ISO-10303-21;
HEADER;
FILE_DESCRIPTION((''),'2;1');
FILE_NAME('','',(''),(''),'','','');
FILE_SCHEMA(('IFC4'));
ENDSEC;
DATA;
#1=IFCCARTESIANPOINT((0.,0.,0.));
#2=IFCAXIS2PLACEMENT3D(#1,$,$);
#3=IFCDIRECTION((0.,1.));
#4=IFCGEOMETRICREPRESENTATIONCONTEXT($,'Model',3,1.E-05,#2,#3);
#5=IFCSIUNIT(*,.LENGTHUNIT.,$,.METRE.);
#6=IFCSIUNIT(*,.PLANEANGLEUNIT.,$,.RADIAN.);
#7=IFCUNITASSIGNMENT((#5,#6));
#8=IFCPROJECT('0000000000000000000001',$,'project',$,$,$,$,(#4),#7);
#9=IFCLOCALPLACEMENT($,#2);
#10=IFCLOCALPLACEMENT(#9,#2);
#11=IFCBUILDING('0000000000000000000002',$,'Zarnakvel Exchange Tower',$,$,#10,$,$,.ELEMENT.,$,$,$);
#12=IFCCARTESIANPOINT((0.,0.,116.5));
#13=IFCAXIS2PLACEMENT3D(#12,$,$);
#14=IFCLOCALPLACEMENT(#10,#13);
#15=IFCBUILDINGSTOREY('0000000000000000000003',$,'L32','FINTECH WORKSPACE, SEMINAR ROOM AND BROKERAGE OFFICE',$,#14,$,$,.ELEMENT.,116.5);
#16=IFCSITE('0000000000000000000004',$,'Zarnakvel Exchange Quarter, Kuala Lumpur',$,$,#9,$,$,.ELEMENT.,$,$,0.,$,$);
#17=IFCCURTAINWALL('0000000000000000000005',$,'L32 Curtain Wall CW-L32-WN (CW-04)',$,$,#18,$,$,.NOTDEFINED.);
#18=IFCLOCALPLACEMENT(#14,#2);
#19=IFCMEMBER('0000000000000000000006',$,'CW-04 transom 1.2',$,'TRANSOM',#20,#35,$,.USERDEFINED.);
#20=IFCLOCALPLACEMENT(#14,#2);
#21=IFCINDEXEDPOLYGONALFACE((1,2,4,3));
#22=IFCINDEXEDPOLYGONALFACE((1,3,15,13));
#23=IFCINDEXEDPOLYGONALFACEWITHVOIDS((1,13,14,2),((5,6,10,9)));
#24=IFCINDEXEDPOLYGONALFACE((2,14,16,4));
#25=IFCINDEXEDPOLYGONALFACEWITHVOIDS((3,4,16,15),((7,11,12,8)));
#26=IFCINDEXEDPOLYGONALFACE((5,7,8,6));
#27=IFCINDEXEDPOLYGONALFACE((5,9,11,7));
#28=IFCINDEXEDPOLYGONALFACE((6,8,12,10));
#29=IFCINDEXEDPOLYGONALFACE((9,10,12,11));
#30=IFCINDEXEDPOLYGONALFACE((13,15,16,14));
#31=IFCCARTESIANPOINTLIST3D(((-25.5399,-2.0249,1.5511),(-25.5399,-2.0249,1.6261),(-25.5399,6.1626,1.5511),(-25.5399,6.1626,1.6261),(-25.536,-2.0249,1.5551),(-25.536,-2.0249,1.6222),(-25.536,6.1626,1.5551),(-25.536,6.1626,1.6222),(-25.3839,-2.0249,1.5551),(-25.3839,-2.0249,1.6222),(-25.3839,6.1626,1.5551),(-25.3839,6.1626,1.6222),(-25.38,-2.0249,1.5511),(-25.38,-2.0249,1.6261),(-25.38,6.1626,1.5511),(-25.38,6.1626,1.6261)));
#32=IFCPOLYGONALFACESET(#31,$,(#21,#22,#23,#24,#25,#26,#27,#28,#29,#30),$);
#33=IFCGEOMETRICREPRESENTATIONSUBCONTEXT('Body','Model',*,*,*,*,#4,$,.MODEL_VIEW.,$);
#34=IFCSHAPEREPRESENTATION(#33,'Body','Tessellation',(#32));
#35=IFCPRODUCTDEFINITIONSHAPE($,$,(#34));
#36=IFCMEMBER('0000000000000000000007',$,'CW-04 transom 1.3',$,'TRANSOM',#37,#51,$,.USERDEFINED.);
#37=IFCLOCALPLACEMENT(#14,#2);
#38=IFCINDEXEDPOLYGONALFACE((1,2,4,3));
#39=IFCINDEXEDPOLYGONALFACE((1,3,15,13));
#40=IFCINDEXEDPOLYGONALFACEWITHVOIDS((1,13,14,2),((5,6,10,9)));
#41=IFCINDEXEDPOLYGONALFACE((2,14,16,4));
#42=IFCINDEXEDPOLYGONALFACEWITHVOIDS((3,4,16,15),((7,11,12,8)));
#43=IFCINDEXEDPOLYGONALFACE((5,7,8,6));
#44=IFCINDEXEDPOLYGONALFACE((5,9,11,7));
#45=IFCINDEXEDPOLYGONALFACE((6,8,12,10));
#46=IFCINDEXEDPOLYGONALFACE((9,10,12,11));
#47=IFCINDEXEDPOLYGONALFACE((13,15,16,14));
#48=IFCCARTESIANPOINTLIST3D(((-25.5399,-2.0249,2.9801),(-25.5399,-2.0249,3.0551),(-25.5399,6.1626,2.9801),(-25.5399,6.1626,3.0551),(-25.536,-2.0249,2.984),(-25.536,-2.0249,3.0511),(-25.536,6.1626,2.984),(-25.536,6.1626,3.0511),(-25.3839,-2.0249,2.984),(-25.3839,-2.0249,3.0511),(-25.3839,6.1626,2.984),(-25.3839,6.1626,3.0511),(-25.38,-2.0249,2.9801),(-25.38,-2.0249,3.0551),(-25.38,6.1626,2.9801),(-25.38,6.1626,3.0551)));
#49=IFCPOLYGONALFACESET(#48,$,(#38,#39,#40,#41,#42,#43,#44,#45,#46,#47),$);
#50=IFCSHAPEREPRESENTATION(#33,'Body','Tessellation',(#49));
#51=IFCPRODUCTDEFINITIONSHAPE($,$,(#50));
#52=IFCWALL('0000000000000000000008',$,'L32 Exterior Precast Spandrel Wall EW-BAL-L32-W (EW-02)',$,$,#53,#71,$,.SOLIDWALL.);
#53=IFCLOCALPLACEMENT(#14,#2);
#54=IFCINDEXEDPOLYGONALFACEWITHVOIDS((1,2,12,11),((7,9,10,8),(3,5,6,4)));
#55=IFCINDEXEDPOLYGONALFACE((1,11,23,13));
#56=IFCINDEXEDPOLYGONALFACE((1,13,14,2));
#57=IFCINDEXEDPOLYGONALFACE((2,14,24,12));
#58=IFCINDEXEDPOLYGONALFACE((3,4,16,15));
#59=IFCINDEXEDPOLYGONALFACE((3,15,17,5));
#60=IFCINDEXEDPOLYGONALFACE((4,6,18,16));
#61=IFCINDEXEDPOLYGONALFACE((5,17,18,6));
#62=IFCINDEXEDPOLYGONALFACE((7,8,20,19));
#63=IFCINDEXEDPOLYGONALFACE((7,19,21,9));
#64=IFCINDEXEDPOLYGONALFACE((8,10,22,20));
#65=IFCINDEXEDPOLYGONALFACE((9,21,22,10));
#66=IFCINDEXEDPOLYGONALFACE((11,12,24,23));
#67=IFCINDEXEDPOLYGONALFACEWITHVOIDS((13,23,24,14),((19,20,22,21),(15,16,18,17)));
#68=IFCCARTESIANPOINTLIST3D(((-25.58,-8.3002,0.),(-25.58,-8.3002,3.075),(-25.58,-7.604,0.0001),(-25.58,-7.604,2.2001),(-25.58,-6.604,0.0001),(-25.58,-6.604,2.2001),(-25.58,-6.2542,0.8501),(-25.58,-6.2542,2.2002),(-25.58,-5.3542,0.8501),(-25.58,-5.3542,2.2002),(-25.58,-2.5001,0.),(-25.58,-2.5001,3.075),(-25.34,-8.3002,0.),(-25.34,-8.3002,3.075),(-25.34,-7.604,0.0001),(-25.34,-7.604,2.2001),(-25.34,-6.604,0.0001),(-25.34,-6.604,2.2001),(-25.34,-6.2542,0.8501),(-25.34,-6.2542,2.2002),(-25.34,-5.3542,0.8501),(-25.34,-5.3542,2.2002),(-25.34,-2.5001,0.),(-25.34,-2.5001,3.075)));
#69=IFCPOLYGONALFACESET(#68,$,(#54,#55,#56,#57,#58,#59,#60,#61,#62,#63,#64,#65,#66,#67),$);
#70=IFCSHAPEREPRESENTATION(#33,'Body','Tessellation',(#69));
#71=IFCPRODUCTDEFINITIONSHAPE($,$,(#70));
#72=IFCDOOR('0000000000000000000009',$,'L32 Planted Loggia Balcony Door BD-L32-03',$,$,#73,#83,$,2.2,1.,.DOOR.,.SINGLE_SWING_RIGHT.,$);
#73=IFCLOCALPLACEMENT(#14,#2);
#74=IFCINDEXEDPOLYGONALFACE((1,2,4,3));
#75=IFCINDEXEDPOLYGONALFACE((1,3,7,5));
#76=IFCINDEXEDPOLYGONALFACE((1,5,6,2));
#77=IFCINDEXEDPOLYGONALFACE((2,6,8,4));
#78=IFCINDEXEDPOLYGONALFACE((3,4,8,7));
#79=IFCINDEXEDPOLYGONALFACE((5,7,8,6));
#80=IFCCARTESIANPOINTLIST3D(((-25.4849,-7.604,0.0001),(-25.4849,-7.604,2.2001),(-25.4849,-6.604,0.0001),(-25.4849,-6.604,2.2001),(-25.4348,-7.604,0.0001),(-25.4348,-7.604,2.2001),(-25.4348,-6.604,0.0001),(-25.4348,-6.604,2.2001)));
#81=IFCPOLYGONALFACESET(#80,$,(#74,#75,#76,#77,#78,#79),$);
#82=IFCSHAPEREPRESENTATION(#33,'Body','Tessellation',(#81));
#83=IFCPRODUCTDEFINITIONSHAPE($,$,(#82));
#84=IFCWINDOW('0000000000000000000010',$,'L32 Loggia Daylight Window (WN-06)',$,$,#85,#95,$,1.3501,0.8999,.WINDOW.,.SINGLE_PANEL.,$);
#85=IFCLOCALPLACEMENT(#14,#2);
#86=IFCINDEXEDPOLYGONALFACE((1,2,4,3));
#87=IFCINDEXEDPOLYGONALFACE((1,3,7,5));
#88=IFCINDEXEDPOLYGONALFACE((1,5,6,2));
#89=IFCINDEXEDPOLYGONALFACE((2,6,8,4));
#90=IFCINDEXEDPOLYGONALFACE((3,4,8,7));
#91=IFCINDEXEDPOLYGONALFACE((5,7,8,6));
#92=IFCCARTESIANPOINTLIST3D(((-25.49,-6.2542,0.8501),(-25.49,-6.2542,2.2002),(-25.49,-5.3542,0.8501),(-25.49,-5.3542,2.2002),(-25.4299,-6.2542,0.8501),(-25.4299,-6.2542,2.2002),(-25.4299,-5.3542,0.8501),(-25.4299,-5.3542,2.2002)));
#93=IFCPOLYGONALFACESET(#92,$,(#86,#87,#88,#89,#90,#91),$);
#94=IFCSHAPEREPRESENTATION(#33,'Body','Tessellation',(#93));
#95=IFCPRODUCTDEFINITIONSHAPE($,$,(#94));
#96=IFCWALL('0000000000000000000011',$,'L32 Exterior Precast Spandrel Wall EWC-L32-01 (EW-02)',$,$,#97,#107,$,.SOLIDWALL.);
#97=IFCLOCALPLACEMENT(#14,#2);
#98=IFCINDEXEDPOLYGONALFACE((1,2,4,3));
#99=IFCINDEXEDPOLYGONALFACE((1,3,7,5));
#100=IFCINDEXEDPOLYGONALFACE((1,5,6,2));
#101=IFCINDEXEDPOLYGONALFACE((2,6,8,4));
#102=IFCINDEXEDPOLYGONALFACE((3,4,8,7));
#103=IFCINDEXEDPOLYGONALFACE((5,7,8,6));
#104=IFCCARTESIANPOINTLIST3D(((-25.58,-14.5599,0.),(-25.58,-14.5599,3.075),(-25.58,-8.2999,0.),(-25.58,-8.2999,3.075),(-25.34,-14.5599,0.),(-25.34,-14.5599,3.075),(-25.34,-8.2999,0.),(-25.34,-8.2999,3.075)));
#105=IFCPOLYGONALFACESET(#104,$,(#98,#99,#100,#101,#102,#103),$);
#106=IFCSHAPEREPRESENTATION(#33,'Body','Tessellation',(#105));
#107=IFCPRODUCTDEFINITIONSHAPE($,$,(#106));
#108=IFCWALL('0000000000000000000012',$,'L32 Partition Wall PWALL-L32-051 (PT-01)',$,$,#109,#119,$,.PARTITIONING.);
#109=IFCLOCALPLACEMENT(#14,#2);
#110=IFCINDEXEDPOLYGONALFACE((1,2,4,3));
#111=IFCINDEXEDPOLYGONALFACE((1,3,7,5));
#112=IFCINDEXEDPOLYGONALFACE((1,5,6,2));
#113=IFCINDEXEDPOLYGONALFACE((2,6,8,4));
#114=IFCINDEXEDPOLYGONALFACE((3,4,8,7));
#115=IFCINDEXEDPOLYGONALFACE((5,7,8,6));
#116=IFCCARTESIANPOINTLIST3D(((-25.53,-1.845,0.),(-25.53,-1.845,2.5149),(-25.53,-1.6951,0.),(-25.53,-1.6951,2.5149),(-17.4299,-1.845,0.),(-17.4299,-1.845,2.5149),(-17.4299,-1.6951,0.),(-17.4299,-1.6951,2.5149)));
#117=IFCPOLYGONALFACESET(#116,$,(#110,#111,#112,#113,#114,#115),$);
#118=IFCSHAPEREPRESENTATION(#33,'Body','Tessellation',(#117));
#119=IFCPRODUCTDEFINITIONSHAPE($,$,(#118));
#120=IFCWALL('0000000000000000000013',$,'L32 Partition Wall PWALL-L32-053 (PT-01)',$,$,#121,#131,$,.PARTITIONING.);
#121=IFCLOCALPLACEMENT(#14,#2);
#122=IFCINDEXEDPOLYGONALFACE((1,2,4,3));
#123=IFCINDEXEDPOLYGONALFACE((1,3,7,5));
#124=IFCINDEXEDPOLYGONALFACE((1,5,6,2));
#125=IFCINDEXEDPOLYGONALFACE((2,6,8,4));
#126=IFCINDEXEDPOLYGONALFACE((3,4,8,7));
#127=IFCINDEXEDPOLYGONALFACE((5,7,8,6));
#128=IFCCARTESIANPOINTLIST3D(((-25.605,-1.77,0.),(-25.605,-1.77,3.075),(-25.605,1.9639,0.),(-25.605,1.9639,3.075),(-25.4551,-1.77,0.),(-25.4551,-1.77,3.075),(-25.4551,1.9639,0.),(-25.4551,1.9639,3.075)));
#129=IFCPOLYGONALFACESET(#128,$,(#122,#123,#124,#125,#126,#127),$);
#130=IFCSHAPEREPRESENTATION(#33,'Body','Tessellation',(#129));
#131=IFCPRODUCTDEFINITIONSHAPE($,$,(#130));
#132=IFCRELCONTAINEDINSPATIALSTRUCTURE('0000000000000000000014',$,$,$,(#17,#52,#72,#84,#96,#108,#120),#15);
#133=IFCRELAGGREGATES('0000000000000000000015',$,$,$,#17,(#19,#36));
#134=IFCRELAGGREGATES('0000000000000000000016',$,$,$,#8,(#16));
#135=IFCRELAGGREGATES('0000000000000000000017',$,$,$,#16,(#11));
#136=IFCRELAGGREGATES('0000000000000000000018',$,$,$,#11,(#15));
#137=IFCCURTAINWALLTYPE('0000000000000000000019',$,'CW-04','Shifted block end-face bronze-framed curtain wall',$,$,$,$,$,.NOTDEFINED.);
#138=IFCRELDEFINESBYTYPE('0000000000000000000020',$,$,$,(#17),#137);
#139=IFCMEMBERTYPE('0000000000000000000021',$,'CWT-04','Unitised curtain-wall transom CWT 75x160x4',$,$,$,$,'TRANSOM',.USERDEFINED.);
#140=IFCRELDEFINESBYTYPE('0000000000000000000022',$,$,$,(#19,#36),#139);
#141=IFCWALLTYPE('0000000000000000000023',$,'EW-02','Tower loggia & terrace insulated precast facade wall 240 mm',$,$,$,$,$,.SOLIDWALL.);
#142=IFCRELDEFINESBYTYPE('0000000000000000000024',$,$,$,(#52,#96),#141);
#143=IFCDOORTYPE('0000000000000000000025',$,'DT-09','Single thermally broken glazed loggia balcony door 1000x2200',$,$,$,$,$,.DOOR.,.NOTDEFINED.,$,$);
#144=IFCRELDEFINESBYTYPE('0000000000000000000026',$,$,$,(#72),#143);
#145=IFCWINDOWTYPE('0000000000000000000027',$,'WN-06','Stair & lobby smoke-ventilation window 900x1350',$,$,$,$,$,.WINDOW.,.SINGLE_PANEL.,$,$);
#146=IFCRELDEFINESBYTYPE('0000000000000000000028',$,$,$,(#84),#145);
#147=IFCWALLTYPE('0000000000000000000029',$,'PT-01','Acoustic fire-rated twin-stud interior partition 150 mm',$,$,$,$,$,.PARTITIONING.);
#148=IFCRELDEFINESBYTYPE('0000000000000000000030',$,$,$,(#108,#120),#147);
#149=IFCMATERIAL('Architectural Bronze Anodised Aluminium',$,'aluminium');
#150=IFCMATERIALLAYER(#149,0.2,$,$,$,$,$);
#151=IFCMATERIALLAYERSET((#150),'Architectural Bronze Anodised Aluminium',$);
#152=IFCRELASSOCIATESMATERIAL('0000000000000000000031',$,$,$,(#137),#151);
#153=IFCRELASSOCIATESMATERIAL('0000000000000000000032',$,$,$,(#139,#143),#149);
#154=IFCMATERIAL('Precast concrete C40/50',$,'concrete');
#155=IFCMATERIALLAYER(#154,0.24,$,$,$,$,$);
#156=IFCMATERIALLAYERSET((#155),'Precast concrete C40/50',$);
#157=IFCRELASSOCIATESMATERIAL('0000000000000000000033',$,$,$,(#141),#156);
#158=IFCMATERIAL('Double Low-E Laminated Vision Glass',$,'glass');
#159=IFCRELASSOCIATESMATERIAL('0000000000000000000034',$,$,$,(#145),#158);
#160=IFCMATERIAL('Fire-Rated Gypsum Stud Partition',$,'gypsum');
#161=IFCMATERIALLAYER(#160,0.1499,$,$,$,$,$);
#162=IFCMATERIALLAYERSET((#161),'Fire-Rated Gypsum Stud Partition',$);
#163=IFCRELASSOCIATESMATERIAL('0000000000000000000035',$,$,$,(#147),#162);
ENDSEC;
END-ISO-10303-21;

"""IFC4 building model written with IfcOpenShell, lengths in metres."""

from ifc_helpers import new_model, si_unit, direction, frame, frame_2d, origin, origin_2d, place, context, subcontext, project, spatial, rectangle, hollow_rectangle, extrude, source, transform, mapped, material, layer, layer_set, material_profile, profile_set, type_object, element, fill, aggregate, save


model = new_model("IFC4")

# Units and contexts
model_context = context("Model", 3, precision=1e-05, world=origin(), true_north=direction((0.0, 1.0)))
body_context = subcontext(model_context, "Body", "Model", "MODEL_VIEW")
ifc_project = project(units=[si_unit("LENGTHUNIT", "METRE"), si_unit("PLANEANGLEUNIT", "RADIAN")], contexts=[model_context])

# Site, building, storey
site_placement = place(None, origin())
site = spatial("IfcSite", under=ifc_project, at=site_placement, Name="Zarnakvel Exchange Quarter, Kuala Lumpur", CompositionType="ELEMENT", RefElevation=0.0)
building_placement = place(site_placement, origin())
building = spatial("IfcBuilding", under=site, at=building_placement, Name="Zarnakvel Exchange Tower", CompositionType="ELEMENT")
storey_placement = place(building_placement, frame((0.0, 0.0, 116.5)))
storey = spatial("IfcBuildingStorey", under=building, at=storey_placement, Name="L32", Description="FINTECH WORKSPACE, SEMINAR ROOM AND BROKERAGE OFFICE", CompositionType="ELEMENT", Elevation=116.5)

# Curtain wall, members
ifc_material_1 = material(Name="Architectural Bronze Anodised Aluminium", Category="aluminium")
ifc_layer_1 = layer(ifc_material_1, 0.2)
ifc_layer_set_1 = layer_set([ifc_layer_1], Name="Architectural Bronze Anodised Aluminium")
curtain_wall_type = type_object("IfcCurtainWallType", Name="CW-04", Description="Shifted block end-face bronze-framed curtain wall", PredefinedType="NOTDEFINED", material=ifc_layer_set_1)
curtain_wall_placement = place(storey_placement, origin())
curtain_wall = element("IfcCurtainWall", 1, at=curtain_wall_placement, inside=storey, type_object=curtain_wall_type, Name="L32 Curtain Wall CW-L32-WN (CW-04)", PredefinedType="NOTDEFINED")
ifc_material_profile_1 = material_profile(ifc_material_1, hollow_rectangle(XDim=0.1599, YDim=0.075, WallThickness=0.0039, at=origin_2d()))
ifc_profile_set_1 = profile_set([ifc_material_profile_1], Name="Architectural Bronze Anodised Aluminium")
member_type_1 = type_object("IfcMemberType", Name="CWT-04", Description="Unitised curtain-wall transom CWT 75x160x4", ElementType="TRANSOM", PredefinedType="USERDEFINED", material=ifc_profile_set_1)
shared_shape_1 = source(origin(), body_context, "Body", "SweptSolid", [
    extrude(hollow_rectangle(XDim=0.1599, YDim=0.075, WallThickness=0.0039, at=origin_2d()), origin(), (0.0, 0.0, 1.0), 8.1875),
])
member_1_placement = place(storey_placement, frame((-25.46, -2.0249, 1.5886), z_axis=(0.0, 1.0, 0.0), x_axis=(-1.0, 0.0, 0.0)))
member_1 = element("IfcMember", 2, at=member_1_placement, type_object=member_type_1, Name="CW-04 transom 1.2", ObjectType="TRANSOM", PredefinedType="USERDEFINED", context=body_context, shape_type="MappedRepresentation", body=[
    mapped(shared_shape_1, transform((0.0, 0.0, 0.0), x_axis=(1.0, 0.0, 0.0), y_axis=(0.0, 1.0, 0.0), z_axis=(0.0, 0.0, 1.0), scale=1.0)),
])
member_2_placement = place(storey_placement, frame((-25.46, -2.0249, 3.0176), z_axis=(0.0, 1.0, 0.0), x_axis=(-1.0, 0.0, 0.0)))
member_2 = element("IfcMember", 3, at=member_2_placement, type_object=member_type_1, Name="CW-04 transom 1.3", ObjectType="TRANSOM", PredefinedType="USERDEFINED", context=body_context, shape_type="MappedRepresentation", body=[
    mapped(shared_shape_1, transform((0.0, 0.0, 0.0), x_axis=(1.0, 0.0, 0.0), y_axis=(0.0, 1.0, 0.0), z_axis=(0.0, 0.0, 1.0), scale=1.0)),
])
aggregate(curtain_wall, [member_1, member_2])

# Wall, openings, door, window
ifc_material_2 = material(Name="Precast concrete C40/50", Category="concrete")
ifc_layer_2 = layer(ifc_material_2, 0.24)
ifc_layer_set_2 = layer_set([ifc_layer_2], Name="Precast concrete C40/50")
wall_type_1 = type_object("IfcWallType", Name="EW-02", Description="Tower loggia & terrace insulated precast facade wall 240 mm", PredefinedType="SOLIDWALL", material=ifc_layer_set_2)
wall_1_placement = place(storey_placement, frame((-25.46, -8.3, 0.0), z_axis=(0.0, 0.0, 1.0), x_axis=(0.0, 1.0, 0.0)))
wall_1 = element("IfcWall", 4, at=wall_1_placement, inside=storey, type_object=wall_type_1, Name="L32 Exterior Precast Spandrel Wall EW-BAL-L32-W (EW-02)", PredefinedType="SOLIDWALL", context=body_context, shape_type="SweptSolid", body=[
    extrude(rectangle(XDim=5.8, YDim=0.24, at=frame_2d((2.8999, 0.0))), origin(), (0.0, 0.0, 1.0), 3.075),
])
opening_1_placement = place(wall_1_placement, frame((0.696, 0.0, 0.0)))
opening_1 = element("IfcOpeningElement", 5, at=opening_1_placement, cuts=wall_1, PredefinedType="OPENING", context=body_context, shape_type="SweptSolid", body=[
    extrude(rectangle(XDim=1.0, YDim=2.2, at=frame_2d((0.5, 1.1001))), frame((0.0, 0.1299, 0.0), z_axis=(0.0, -1.0, 0.0), x_axis=(1.0, 0.0, 0.0)), (0.0, 0.0, 1.0), 0.26),
])
opening_2_placement = place(wall_1_placement, frame((2.0459, 0.0, 0.8501)))
opening_2 = element("IfcOpeningElement", 6, at=opening_2_placement, cuts=wall_1, PredefinedType="OPENING", context=body_context, shape_type="SweptSolid", body=[
    extrude(rectangle(XDim=0.8999, YDim=1.3501, at=frame_2d((0.45, 0.675))), frame((0.0, 0.1299, 0.0), z_axis=(0.0, -1.0, 0.0), x_axis=(1.0, 0.0, 0.0)), (0.0, 0.0, 1.0), 0.26),
])
door_type_1 = type_object("IfcDoorType", Name="DT-09", Description="Single thermally broken glazed loggia balcony door 1000x2200", OperationType="NOTDEFINED", PredefinedType="DOOR", material=ifc_material_1)
shared_shape_2 = source(origin(), body_context, "Body", "SweptSolid", [
    extrude(rectangle(XDim=1.0, YDim=2.2, at=frame_2d((0.5, 1.1001))), frame((0.0, 0.0249, 0.0), z_axis=(0.0, -1.0, 0.0), x_axis=(1.0, 0.0, 0.0)), (0.0, 0.0, 1.0), 0.05),
])
door_1_placement = place(opening_1_placement, origin())
door_1 = element("IfcDoor", 7, at=door_1_placement, inside=storey, type_object=door_type_1, Name="L32 Planted Loggia Balcony Door BD-L32-03", OperationType="SINGLE_SWING_RIGHT", OverallHeight=2.2, OverallWidth=1.0, PredefinedType="DOOR", context=body_context, shape_type="MappedRepresentation", body=[
    mapped(shared_shape_2, transform((0.0, 0.0, 0.0), x_axis=(1.0, 0.0, 0.0), y_axis=(0.0, 1.0, 0.0), z_axis=(0.0, 0.0, 1.0), scale=1.0)),
])
fill(opening_1, door_1)
ifc_material_3 = material(Name="Double Low-E Laminated Vision Glass", Category="glass")
window_type = type_object("IfcWindowType", Name="WN-06", Description="Stair & lobby smoke-ventilation window 900x1350", PartitioningType="SINGLE_PANEL", PredefinedType="WINDOW", material=ifc_material_3)
shared_shape_3 = source(origin(), body_context, "Body", "SweptSolid", [
    extrude(rectangle(XDim=0.8999, YDim=1.3501, at=frame_2d((0.45, 0.675))), frame((0.0, 0.03, 0.0), z_axis=(0.0, -1.0, 0.0), x_axis=(1.0, 0.0, 0.0)), (0.0, 0.0, 1.0), 0.0601),
])
window_placement = place(opening_2_placement, origin())
window = element("IfcWindow", 8, at=window_placement, inside=storey, type_object=window_type, Name="L32 Loggia Daylight Window (WN-06)", OverallHeight=1.3501, OverallWidth=0.8999, PartitioningType="SINGLE_PANEL", PredefinedType="WINDOW", context=body_context, shape_type="MappedRepresentation", body=[
    mapped(shared_shape_3, transform((0.0, 0.0, 0.0), x_axis=(1.0, 0.0, 0.0), y_axis=(0.0, 1.0, 0.0), z_axis=(0.0, 0.0, 1.0), scale=1.0)),
])
fill(opening_2, window)

# Wall
wall_2_placement = place(storey_placement, frame((-25.46, -8.3, 0.0), z_axis=(0.0, 0.0, 1.0), x_axis=(0.0, -1.0, 0.0)))
element("IfcWall", 9, at=wall_2_placement, inside=storey, type_object=wall_type_1, Name="L32 Exterior Precast Spandrel Wall EWC-L32-01 (EW-02)", PredefinedType="SOLIDWALL", context=body_context, shape_type="SweptSolid", body=[
    extrude(rectangle(XDim=6.26, YDim=0.24, at=frame_2d((3.1299, 0.0))), origin(), (0.0, 0.0, 1.0), 3.075),
])

# Shared definitions
ifc_material_4 = material(Name="Fire-Rated Gypsum Stud Partition", Category="gypsum")
ifc_layer_3 = layer(ifc_material_4, 0.1499)
ifc_layer_set_3 = layer_set([ifc_layer_3], Name="Fire-Rated Gypsum Stud Partition")
wall_type_2 = type_object("IfcWallType", Name="PT-01", Description="Acoustic fire-rated twin-stud interior partition 150 mm", PredefinedType="PARTITIONING", material=ifc_layer_set_3)

# Walls
wall_3_placement = place(storey_placement, frame((-17.4299, -1.77, 0.0), z_axis=(0.0, 0.0, 1.0), x_axis=(-1.0, 0.0, 0.0)))
element("IfcWall", 10, at=wall_3_placement, inside=storey, type_object=wall_type_2, Name="L32 Partition Wall PWALL-L32-051 (PT-01)", PredefinedType="PARTITIONING", context=body_context, shape_type="SweptSolid", body=[
    extrude(rectangle(XDim=8.1001, YDim=0.1499, at=frame_2d((4.05, 0.0))), origin(), (0.0, 0.0, 1.0), 2.5149),
])
wall_4_placement = place(storey_placement, frame((-25.53, -1.77, 0.0), z_axis=(0.0, 0.0, 1.0), x_axis=(0.0, 1.0, 0.0)))
element("IfcWall", 11, at=wall_4_placement, inside=storey, type_object=wall_type_2, Name="L32 Partition Wall PWALL-L32-053 (PT-01)", PredefinedType="PARTITIONING", context=body_context, shape_type="SweptSolid", body=[
    extrude(rectangle(XDim=3.7339, YDim=0.1499, at=frame_2d((1.8669, 0.0))), origin(), (0.0, 0.0, 1.0), 3.075),
])

save(model, "model.ifc")
